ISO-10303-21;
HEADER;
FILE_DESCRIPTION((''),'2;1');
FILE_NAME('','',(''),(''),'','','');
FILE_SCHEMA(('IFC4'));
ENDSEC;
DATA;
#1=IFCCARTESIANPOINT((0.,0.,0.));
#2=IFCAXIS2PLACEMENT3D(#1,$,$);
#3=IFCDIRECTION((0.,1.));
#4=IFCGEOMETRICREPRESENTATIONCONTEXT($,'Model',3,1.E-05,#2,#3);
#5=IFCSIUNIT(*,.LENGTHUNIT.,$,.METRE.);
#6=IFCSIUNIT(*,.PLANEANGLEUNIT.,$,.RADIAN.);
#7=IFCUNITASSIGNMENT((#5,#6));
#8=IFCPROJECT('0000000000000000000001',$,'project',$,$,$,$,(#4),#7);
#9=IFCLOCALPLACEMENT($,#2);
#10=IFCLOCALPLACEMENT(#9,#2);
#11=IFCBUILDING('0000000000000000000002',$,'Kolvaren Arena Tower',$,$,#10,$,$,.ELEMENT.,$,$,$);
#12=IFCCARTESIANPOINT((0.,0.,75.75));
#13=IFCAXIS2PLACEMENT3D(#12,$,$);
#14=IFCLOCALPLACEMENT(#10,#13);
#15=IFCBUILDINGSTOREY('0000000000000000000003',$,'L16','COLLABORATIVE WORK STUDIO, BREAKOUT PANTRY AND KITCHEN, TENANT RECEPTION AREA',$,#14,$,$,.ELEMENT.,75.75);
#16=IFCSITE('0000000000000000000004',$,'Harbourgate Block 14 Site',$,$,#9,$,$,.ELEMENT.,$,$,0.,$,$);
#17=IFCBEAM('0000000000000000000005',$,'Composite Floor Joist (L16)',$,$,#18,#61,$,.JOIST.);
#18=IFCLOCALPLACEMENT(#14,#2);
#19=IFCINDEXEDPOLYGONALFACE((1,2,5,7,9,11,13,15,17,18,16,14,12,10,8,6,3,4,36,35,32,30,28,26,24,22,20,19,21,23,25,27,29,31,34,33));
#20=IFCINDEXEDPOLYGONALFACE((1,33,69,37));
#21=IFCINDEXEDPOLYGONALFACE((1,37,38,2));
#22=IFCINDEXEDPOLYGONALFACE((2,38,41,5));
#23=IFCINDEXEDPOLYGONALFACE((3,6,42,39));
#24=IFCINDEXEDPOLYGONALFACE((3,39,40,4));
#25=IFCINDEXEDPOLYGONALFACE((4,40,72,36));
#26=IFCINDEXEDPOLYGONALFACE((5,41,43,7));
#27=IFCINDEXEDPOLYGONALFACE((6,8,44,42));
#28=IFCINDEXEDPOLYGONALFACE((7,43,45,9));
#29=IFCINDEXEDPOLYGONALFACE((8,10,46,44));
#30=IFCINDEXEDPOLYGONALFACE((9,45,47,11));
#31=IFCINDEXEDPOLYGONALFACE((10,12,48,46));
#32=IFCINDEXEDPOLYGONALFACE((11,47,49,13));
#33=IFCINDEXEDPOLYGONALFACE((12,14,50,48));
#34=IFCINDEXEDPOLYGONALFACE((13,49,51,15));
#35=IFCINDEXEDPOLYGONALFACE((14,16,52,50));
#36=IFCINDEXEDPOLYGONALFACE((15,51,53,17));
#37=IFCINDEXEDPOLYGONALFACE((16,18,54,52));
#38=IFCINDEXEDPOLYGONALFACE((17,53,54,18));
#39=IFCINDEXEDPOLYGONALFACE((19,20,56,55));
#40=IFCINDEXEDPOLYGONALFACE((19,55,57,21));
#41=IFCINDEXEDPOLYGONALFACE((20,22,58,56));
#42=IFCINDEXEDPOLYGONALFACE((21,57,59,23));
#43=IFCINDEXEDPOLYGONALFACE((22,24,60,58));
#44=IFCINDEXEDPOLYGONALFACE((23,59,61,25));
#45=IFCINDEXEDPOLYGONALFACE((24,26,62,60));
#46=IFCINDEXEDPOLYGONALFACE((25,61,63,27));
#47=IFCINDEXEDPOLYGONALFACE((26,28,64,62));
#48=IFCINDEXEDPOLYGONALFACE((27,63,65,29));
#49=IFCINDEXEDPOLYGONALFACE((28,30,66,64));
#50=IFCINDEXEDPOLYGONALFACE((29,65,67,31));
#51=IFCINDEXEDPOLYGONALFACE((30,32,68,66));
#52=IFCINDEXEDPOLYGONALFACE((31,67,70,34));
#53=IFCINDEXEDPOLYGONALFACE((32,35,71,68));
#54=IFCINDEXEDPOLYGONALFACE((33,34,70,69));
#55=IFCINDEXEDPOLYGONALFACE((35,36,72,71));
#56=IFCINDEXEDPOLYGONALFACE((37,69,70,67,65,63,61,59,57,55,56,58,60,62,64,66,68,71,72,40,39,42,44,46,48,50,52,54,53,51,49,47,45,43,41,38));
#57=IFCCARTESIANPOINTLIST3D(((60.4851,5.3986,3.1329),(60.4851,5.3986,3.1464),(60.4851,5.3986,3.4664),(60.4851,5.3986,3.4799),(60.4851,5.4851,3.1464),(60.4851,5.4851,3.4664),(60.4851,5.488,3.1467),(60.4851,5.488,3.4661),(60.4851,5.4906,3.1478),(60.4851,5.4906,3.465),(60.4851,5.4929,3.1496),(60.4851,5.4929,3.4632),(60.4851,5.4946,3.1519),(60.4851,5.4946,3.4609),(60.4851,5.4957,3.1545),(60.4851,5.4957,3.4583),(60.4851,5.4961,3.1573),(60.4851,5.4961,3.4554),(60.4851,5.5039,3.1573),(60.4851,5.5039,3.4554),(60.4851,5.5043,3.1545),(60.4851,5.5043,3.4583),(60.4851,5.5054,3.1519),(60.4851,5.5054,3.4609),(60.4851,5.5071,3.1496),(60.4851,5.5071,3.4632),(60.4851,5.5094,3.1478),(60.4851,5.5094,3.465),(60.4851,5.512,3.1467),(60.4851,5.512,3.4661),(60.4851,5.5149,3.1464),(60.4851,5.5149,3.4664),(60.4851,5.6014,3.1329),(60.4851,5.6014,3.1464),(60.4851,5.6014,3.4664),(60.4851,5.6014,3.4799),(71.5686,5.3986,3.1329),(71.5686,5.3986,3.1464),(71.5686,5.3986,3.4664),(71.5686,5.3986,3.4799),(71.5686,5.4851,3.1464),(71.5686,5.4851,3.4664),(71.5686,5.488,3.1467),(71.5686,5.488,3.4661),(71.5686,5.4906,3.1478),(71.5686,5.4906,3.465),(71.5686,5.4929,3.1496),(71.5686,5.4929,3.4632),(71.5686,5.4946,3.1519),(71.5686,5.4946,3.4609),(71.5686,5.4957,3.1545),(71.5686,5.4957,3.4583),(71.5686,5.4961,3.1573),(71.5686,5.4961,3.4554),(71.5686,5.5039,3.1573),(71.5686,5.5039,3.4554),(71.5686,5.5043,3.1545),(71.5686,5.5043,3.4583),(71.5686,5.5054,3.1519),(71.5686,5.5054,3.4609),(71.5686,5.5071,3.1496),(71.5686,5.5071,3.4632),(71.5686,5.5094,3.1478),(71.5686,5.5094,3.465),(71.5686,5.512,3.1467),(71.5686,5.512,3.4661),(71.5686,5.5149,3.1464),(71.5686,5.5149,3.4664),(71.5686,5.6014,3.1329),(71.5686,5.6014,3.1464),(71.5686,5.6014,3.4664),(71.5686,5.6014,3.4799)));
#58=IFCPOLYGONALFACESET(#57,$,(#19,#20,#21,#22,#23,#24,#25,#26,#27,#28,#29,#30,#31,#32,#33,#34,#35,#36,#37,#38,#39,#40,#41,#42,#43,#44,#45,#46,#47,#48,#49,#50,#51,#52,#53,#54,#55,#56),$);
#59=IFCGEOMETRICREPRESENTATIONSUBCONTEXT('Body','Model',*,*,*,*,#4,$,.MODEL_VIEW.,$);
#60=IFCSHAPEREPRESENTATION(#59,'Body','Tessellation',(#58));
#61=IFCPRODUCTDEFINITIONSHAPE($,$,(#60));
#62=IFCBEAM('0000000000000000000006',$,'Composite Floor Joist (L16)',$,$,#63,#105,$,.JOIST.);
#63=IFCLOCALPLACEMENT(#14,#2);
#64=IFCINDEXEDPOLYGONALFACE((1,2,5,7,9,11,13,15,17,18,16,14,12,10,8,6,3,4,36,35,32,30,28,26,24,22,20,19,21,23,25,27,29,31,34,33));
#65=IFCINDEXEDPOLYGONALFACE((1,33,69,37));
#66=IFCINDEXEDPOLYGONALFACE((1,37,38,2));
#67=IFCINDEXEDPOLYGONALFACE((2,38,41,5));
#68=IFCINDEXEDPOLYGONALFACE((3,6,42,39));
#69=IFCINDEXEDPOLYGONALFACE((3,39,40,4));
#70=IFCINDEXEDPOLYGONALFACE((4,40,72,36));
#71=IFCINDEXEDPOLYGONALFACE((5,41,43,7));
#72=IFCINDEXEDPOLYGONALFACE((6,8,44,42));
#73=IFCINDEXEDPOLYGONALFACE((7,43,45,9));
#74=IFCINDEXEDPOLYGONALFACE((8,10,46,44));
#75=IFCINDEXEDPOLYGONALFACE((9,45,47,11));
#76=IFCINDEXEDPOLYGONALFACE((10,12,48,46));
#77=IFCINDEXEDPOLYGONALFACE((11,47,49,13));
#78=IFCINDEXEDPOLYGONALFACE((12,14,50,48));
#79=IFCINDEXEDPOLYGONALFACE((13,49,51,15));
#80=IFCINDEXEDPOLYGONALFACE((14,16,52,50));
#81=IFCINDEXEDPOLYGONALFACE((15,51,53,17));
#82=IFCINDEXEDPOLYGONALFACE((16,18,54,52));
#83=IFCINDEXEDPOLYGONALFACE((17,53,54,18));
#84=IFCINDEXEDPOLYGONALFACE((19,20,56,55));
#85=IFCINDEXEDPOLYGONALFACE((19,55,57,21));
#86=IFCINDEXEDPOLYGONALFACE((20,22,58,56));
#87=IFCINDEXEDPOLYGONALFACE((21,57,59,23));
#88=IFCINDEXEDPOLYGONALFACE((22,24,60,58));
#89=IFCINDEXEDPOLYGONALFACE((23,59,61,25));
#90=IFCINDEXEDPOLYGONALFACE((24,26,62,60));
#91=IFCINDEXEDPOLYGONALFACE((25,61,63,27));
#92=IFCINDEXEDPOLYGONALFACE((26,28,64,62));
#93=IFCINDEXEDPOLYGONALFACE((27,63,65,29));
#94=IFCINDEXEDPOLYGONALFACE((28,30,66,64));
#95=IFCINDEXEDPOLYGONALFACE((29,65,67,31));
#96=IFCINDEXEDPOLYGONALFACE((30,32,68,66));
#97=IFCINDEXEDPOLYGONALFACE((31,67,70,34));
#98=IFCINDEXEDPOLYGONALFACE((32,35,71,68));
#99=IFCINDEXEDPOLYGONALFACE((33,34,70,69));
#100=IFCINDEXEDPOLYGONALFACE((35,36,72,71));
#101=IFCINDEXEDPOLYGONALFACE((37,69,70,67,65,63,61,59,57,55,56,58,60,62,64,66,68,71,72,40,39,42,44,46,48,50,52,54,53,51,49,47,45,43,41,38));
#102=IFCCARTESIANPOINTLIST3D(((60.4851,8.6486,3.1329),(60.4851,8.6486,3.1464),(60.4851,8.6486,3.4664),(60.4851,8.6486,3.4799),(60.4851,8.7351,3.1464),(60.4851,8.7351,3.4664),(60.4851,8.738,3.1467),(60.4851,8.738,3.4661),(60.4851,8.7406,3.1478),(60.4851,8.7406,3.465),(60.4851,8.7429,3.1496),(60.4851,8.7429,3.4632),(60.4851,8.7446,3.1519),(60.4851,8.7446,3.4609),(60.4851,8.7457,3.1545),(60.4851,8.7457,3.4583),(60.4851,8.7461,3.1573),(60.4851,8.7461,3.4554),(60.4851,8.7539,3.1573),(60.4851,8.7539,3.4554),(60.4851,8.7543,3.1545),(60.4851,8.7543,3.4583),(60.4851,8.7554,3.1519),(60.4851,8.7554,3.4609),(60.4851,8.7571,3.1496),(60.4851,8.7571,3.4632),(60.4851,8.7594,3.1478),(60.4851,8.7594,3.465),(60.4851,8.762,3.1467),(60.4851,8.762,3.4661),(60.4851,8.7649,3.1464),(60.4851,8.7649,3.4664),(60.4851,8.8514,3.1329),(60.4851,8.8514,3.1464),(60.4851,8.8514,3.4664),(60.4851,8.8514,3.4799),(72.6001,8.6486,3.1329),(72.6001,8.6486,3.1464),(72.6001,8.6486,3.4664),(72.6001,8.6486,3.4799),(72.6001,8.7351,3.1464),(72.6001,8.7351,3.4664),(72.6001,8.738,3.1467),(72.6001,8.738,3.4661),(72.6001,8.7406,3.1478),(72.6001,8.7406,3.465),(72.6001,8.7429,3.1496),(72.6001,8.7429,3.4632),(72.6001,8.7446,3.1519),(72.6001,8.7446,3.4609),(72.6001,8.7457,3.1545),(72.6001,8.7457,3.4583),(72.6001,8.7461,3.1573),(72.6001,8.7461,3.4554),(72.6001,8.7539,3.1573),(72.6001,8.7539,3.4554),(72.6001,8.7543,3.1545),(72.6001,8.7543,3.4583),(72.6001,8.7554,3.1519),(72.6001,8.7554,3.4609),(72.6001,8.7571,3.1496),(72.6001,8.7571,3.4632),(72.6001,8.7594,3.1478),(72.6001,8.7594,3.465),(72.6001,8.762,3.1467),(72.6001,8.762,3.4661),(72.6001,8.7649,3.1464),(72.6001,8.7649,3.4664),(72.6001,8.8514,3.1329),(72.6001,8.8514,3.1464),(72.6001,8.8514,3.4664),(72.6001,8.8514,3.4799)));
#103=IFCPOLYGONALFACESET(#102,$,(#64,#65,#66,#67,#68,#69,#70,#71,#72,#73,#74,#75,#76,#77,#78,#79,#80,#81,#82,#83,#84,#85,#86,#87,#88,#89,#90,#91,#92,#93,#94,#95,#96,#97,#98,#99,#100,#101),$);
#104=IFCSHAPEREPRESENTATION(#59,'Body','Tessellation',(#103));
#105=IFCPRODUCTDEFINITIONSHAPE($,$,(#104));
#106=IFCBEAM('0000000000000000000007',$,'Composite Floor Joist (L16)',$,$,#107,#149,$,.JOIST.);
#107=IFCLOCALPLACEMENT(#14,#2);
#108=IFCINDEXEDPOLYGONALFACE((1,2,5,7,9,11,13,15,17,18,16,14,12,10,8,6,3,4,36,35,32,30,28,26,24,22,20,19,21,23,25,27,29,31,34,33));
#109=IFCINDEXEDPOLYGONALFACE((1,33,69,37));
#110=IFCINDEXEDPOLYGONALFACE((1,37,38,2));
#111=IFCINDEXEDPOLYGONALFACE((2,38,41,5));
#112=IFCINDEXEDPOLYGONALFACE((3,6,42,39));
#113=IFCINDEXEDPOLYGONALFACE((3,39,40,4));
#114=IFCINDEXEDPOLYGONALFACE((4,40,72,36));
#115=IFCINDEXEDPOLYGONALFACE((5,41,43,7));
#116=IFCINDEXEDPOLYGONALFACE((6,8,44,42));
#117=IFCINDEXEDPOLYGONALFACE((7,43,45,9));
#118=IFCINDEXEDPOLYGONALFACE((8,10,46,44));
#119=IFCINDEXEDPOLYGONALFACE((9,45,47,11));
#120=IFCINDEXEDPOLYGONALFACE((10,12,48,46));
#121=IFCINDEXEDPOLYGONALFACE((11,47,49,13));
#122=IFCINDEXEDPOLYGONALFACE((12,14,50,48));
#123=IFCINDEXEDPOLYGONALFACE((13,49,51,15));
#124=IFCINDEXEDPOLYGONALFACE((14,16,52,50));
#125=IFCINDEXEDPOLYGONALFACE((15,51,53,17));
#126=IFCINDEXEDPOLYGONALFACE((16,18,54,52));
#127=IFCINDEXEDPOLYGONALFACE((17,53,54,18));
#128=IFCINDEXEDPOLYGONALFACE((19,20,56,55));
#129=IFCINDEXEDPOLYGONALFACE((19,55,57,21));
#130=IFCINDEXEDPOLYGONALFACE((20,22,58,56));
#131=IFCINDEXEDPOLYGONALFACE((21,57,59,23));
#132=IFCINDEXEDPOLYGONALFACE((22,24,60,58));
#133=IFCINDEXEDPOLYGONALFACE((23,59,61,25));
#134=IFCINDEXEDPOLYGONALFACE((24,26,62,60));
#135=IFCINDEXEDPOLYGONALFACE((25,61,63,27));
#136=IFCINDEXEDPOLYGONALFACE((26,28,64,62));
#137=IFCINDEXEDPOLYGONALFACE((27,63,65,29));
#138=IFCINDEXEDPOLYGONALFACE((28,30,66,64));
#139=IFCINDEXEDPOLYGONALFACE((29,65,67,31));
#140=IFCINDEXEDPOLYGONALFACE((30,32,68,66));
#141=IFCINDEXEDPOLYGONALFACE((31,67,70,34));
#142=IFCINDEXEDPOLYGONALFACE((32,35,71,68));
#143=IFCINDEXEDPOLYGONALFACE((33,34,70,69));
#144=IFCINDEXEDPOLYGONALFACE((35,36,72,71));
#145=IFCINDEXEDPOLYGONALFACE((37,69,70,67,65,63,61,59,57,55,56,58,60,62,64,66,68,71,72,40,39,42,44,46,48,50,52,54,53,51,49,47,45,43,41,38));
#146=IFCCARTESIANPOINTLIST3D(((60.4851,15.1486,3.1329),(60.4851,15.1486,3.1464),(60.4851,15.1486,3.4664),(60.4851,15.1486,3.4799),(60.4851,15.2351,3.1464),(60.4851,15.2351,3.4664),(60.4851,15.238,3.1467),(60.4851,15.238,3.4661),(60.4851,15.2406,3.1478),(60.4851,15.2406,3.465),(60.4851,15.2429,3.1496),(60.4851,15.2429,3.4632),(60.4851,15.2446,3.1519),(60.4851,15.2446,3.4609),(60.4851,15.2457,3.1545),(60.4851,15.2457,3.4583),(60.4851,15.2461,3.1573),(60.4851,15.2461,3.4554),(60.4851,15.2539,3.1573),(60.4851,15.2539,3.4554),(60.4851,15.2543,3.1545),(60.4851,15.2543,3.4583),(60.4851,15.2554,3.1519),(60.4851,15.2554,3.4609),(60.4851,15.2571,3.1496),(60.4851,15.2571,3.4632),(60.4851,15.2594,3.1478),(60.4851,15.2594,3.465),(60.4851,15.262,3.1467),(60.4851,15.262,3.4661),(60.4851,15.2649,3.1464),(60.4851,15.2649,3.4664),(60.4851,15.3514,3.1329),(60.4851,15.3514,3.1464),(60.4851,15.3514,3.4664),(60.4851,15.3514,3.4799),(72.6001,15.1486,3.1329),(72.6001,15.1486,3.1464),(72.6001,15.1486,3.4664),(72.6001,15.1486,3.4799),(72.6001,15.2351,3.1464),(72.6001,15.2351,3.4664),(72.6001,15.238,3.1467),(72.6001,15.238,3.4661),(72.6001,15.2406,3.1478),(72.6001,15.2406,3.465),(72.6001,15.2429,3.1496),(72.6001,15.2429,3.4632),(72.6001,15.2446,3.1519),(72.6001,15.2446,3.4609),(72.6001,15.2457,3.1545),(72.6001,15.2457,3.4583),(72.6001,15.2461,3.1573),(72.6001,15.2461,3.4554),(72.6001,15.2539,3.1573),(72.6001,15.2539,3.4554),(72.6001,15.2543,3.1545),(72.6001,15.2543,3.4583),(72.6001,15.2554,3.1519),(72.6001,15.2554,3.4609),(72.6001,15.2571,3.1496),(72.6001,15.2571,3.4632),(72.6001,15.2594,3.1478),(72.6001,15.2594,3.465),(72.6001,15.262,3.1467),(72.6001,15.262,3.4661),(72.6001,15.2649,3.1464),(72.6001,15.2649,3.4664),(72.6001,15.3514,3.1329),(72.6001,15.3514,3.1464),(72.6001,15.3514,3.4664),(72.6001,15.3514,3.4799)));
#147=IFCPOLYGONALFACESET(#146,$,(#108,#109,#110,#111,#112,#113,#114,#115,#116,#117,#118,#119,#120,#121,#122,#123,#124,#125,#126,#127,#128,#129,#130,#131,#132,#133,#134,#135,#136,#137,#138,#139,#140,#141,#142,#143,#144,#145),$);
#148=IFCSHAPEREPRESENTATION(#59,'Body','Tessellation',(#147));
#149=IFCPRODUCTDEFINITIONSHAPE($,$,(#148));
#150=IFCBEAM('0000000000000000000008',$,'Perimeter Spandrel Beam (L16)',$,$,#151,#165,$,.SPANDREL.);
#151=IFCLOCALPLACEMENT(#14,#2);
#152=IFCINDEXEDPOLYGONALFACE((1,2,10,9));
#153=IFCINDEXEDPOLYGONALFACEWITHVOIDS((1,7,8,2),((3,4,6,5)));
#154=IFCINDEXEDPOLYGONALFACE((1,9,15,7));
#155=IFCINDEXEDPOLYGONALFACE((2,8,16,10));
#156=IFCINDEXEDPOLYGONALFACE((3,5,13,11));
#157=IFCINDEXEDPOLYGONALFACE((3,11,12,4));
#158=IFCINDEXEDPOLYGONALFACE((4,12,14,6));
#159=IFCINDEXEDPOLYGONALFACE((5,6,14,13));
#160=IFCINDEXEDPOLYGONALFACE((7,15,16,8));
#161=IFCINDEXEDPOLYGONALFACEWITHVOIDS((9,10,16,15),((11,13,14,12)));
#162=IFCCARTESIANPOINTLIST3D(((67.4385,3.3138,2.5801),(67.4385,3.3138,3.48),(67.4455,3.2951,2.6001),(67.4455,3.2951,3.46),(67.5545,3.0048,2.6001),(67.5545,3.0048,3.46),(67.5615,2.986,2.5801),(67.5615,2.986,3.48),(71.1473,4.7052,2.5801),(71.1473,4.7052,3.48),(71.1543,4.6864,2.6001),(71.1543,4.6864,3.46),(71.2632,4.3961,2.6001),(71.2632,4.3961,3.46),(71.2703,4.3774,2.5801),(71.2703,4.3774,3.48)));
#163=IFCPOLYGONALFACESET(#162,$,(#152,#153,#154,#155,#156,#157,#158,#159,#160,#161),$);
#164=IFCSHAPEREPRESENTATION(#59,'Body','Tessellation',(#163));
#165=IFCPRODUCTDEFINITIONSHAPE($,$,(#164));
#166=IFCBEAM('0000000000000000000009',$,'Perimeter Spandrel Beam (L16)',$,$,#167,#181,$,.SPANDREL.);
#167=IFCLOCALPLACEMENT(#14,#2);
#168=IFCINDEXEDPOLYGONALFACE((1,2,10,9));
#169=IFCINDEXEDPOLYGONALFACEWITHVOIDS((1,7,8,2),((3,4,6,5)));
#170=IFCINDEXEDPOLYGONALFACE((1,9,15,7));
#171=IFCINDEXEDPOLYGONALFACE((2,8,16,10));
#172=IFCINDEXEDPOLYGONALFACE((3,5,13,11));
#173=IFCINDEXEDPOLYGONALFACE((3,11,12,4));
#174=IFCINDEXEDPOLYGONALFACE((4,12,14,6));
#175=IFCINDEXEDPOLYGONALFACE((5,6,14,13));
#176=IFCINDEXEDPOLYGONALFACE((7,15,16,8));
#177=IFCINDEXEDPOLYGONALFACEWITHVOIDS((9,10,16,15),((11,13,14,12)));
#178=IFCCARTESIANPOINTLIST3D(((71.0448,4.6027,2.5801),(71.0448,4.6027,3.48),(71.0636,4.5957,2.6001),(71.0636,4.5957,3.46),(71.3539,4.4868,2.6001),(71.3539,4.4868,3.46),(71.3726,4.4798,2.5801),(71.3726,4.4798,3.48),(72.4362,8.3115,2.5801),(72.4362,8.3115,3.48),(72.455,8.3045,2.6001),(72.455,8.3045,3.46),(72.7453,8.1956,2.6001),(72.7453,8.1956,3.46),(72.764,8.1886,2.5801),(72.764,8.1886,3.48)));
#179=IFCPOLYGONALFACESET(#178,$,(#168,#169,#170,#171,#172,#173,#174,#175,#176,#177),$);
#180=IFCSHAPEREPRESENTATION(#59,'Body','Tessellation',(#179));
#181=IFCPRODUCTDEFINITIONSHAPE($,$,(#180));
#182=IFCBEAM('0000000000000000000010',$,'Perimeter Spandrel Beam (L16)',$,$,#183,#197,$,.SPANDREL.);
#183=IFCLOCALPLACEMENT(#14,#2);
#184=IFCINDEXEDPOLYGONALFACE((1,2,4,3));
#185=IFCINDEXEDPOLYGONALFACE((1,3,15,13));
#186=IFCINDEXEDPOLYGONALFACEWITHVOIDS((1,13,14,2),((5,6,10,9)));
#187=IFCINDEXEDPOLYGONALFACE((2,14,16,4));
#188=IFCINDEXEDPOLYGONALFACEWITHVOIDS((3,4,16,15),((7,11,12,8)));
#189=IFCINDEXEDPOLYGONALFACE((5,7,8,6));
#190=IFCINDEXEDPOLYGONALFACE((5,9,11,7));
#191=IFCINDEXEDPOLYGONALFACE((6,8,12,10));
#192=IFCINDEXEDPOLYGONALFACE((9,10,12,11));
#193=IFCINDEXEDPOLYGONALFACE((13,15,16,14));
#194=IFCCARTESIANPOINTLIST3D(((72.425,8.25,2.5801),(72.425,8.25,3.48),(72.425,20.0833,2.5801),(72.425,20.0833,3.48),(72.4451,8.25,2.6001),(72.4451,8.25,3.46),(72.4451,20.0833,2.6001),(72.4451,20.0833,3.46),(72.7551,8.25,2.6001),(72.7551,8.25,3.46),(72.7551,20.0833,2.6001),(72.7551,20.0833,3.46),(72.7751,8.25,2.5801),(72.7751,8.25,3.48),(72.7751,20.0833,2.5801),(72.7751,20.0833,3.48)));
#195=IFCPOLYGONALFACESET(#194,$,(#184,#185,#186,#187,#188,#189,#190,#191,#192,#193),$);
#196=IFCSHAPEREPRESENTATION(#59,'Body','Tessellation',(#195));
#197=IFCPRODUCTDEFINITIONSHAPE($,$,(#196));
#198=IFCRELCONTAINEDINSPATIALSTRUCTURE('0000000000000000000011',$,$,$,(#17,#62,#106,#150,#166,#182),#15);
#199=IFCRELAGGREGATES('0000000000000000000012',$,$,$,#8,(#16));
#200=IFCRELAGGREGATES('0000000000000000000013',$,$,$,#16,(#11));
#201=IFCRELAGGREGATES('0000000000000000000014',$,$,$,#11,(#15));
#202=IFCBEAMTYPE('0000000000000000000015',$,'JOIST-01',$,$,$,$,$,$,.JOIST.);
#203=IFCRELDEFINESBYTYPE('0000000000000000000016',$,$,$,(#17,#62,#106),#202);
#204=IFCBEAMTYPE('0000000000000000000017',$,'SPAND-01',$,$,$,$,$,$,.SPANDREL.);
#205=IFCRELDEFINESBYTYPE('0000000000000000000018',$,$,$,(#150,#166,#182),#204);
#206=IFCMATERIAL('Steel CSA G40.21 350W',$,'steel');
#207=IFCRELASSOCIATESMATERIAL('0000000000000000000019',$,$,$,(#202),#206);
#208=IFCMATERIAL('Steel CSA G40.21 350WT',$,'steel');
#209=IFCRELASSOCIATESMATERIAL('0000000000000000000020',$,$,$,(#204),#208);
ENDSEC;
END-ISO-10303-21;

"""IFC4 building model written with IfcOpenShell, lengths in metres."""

from ifc_helpers import new_model, si_unit, direction, frame, origin, origin_2d, place, context, subcontext, project, spatial, hollow_rectangle, i_section, extrude, material, material_profile, profile_set, type_object, element, save


model = new_model("IFC4")

# Units and contexts
model_context = context("Model", 3, precision=1e-05, world=origin(), true_north=direction((0.0, 1.0)))
body_context = subcontext(model_context, "Body", "Model", "MODEL_VIEW")
ifc_project = project(units=[si_unit("LENGTHUNIT", "METRE"), si_unit("PLANEANGLEUNIT", "RADIAN")], contexts=[model_context])

# Site, building, storey
site_placement = place(None, origin())
site = spatial("IfcSite", under=ifc_project, at=site_placement, Name="Harbourgate Block 14 Site", CompositionType="ELEMENT", RefElevation=0.0)
building_placement = place(site_placement, origin())
building = spatial("IfcBuilding", under=site, at=building_placement, Name="Kolvaren Arena Tower", CompositionType="ELEMENT")
storey_placement = place(building_placement, frame((0.0, 0.0, 75.75)))
storey = spatial("IfcBuildingStorey", under=building, at=storey_placement, Name="L16", Description="COLLABORATIVE WORK STUDIO, BREAKOUT PANTRY AND KITCHEN, TENANT RECEPTION AREA", CompositionType="ELEMENT", Elevation=75.75)

# Beams
ifc_material_1 = material(Name="Steel CSA G40.21 350W", Category="steel")
ifc_material_profile_1 = material_profile(ifc_material_1, i_section(OverallWidth=0.2029, OverallDepth=0.3469, WebThickness=0.0078, FlangeThickness=0.0134, FilletRadius=0.011, at=origin_2d()), Name="W360x64")
ifc_profile_set_1 = profile_set([ifc_material_profile_1], Name="Steel CSA G40.21 350W")
beam_type_1 = type_object("IfcBeamType", Name="JOIST-01", PredefinedType="JOIST", material=ifc_profile_set_1)
beam_1_placement = place(storey_placement, frame((60.4851, 5.5, 3.3064), z_axis=(1.0, 0.0, 0.0), x_axis=(0.0, 1.0, 0.0)))
element("IfcBeam", 1, at=beam_1_placement, inside=storey, type_object=beam_type_1, Name="Composite Floor Joist (L16)", PredefinedType="JOIST", context=body_context, shape_type="SweptSolid", body=[
    extrude(i_section(OverallWidth=0.2029, OverallDepth=0.3469, WebThickness=0.0078, FlangeThickness=0.0134, FilletRadius=0.011, at=origin_2d()), origin(), (0.0, 0.0, 1.0), 11.0835),
])
for number, where, z_axis, x_axis, name in (
    (2, (60.4851, 8.75, 3.3064), (1.0, 0.0, 0.0), (0.0, 1.0, 0.0), "Composite Floor Joist (L16)"),
    (3, (60.4851, 15.25, 3.3064), (1.0, 0.0, 0.0), (0.0, 1.0, 0.0), "Composite Floor Joist (L16)"),
):
    element("IfcBeam", number, at=place(storey_placement, frame(where, z_axis=z_axis, x_axis=x_axis)), inside=storey, type_object=beam_type_1, Name=name, PredefinedType="JOIST", context=body_context, shape_type="SweptSolid", body=[
        extrude(i_section(OverallWidth=0.2029, OverallDepth=0.3469, WebThickness=0.0078, FlangeThickness=0.0134, FilletRadius=0.011, at=origin_2d()), origin(), (0.0, 0.0, 1.0), 12.115),
    ])
ifc_material_2 = material(Name="Steel CSA G40.21 350WT", Category="steel")
ifc_material_profile_2 = material_profile(ifc_material_2, hollow_rectangle(XDim=0.3501, YDim=0.8999, WallThickness=0.02, at=origin_2d()), Name="HSS 900x350x20")
ifc_profile_set_2 = profile_set([ifc_material_profile_2], Name="Steel CSA G40.21 350WT")
beam_type_2 = type_object("IfcBeamType", Name="SPAND-01", PredefinedType="SPANDREL", material=ifc_profile_set_2)
for number, where, z_axis, x_axis, name in (
    (4, (67.5, 3.1499, 3.03), (0.936281, 0.351252, 0.0), (-0.351252, 0.936281, 0.0), "Perimeter Spandrel Beam (L16)"),
    (5, (71.2087, 4.5413, 3.03), (0.351252, 0.936281, 0.0), (-0.936281, 0.351252, 0.0), "Perimeter Spandrel Beam (L16)"),
):
    element("IfcBeam", number, at=place(storey_placement, frame(where, z_axis=z_axis, x_axis=x_axis)), inside=storey, type_object=beam_type_2, Name=name, PredefinedType="SPANDREL", context=body_context, shape_type="SweptSolid", body=[
        extrude(hollow_rectangle(XDim=0.3501, YDim=0.8999, WallThickness=0.02, at=origin_2d()), origin(), (0.0, 0.0, 1.0), 3.9612),
    ])
beam_2_placement = place(storey_placement, frame((72.6001, 8.25, 3.03), z_axis=(0.0, 1.0, 0.0), x_axis=(-1.0, 0.0, 0.0)))
element("IfcBeam", 6, at=beam_2_placement, inside=storey, type_object=beam_type_2, Name="Perimeter Spandrel Beam (L16)", PredefinedType="SPANDREL", context=body_context, shape_type="SweptSolid", body=[
    extrude(hollow_rectangle(XDim=0.3501, YDim=0.8999, WallThickness=0.02, at=origin_2d()), origin(), (0.0, 0.0, 1.0), 11.8333),
])

save(model, "model.ifc")
